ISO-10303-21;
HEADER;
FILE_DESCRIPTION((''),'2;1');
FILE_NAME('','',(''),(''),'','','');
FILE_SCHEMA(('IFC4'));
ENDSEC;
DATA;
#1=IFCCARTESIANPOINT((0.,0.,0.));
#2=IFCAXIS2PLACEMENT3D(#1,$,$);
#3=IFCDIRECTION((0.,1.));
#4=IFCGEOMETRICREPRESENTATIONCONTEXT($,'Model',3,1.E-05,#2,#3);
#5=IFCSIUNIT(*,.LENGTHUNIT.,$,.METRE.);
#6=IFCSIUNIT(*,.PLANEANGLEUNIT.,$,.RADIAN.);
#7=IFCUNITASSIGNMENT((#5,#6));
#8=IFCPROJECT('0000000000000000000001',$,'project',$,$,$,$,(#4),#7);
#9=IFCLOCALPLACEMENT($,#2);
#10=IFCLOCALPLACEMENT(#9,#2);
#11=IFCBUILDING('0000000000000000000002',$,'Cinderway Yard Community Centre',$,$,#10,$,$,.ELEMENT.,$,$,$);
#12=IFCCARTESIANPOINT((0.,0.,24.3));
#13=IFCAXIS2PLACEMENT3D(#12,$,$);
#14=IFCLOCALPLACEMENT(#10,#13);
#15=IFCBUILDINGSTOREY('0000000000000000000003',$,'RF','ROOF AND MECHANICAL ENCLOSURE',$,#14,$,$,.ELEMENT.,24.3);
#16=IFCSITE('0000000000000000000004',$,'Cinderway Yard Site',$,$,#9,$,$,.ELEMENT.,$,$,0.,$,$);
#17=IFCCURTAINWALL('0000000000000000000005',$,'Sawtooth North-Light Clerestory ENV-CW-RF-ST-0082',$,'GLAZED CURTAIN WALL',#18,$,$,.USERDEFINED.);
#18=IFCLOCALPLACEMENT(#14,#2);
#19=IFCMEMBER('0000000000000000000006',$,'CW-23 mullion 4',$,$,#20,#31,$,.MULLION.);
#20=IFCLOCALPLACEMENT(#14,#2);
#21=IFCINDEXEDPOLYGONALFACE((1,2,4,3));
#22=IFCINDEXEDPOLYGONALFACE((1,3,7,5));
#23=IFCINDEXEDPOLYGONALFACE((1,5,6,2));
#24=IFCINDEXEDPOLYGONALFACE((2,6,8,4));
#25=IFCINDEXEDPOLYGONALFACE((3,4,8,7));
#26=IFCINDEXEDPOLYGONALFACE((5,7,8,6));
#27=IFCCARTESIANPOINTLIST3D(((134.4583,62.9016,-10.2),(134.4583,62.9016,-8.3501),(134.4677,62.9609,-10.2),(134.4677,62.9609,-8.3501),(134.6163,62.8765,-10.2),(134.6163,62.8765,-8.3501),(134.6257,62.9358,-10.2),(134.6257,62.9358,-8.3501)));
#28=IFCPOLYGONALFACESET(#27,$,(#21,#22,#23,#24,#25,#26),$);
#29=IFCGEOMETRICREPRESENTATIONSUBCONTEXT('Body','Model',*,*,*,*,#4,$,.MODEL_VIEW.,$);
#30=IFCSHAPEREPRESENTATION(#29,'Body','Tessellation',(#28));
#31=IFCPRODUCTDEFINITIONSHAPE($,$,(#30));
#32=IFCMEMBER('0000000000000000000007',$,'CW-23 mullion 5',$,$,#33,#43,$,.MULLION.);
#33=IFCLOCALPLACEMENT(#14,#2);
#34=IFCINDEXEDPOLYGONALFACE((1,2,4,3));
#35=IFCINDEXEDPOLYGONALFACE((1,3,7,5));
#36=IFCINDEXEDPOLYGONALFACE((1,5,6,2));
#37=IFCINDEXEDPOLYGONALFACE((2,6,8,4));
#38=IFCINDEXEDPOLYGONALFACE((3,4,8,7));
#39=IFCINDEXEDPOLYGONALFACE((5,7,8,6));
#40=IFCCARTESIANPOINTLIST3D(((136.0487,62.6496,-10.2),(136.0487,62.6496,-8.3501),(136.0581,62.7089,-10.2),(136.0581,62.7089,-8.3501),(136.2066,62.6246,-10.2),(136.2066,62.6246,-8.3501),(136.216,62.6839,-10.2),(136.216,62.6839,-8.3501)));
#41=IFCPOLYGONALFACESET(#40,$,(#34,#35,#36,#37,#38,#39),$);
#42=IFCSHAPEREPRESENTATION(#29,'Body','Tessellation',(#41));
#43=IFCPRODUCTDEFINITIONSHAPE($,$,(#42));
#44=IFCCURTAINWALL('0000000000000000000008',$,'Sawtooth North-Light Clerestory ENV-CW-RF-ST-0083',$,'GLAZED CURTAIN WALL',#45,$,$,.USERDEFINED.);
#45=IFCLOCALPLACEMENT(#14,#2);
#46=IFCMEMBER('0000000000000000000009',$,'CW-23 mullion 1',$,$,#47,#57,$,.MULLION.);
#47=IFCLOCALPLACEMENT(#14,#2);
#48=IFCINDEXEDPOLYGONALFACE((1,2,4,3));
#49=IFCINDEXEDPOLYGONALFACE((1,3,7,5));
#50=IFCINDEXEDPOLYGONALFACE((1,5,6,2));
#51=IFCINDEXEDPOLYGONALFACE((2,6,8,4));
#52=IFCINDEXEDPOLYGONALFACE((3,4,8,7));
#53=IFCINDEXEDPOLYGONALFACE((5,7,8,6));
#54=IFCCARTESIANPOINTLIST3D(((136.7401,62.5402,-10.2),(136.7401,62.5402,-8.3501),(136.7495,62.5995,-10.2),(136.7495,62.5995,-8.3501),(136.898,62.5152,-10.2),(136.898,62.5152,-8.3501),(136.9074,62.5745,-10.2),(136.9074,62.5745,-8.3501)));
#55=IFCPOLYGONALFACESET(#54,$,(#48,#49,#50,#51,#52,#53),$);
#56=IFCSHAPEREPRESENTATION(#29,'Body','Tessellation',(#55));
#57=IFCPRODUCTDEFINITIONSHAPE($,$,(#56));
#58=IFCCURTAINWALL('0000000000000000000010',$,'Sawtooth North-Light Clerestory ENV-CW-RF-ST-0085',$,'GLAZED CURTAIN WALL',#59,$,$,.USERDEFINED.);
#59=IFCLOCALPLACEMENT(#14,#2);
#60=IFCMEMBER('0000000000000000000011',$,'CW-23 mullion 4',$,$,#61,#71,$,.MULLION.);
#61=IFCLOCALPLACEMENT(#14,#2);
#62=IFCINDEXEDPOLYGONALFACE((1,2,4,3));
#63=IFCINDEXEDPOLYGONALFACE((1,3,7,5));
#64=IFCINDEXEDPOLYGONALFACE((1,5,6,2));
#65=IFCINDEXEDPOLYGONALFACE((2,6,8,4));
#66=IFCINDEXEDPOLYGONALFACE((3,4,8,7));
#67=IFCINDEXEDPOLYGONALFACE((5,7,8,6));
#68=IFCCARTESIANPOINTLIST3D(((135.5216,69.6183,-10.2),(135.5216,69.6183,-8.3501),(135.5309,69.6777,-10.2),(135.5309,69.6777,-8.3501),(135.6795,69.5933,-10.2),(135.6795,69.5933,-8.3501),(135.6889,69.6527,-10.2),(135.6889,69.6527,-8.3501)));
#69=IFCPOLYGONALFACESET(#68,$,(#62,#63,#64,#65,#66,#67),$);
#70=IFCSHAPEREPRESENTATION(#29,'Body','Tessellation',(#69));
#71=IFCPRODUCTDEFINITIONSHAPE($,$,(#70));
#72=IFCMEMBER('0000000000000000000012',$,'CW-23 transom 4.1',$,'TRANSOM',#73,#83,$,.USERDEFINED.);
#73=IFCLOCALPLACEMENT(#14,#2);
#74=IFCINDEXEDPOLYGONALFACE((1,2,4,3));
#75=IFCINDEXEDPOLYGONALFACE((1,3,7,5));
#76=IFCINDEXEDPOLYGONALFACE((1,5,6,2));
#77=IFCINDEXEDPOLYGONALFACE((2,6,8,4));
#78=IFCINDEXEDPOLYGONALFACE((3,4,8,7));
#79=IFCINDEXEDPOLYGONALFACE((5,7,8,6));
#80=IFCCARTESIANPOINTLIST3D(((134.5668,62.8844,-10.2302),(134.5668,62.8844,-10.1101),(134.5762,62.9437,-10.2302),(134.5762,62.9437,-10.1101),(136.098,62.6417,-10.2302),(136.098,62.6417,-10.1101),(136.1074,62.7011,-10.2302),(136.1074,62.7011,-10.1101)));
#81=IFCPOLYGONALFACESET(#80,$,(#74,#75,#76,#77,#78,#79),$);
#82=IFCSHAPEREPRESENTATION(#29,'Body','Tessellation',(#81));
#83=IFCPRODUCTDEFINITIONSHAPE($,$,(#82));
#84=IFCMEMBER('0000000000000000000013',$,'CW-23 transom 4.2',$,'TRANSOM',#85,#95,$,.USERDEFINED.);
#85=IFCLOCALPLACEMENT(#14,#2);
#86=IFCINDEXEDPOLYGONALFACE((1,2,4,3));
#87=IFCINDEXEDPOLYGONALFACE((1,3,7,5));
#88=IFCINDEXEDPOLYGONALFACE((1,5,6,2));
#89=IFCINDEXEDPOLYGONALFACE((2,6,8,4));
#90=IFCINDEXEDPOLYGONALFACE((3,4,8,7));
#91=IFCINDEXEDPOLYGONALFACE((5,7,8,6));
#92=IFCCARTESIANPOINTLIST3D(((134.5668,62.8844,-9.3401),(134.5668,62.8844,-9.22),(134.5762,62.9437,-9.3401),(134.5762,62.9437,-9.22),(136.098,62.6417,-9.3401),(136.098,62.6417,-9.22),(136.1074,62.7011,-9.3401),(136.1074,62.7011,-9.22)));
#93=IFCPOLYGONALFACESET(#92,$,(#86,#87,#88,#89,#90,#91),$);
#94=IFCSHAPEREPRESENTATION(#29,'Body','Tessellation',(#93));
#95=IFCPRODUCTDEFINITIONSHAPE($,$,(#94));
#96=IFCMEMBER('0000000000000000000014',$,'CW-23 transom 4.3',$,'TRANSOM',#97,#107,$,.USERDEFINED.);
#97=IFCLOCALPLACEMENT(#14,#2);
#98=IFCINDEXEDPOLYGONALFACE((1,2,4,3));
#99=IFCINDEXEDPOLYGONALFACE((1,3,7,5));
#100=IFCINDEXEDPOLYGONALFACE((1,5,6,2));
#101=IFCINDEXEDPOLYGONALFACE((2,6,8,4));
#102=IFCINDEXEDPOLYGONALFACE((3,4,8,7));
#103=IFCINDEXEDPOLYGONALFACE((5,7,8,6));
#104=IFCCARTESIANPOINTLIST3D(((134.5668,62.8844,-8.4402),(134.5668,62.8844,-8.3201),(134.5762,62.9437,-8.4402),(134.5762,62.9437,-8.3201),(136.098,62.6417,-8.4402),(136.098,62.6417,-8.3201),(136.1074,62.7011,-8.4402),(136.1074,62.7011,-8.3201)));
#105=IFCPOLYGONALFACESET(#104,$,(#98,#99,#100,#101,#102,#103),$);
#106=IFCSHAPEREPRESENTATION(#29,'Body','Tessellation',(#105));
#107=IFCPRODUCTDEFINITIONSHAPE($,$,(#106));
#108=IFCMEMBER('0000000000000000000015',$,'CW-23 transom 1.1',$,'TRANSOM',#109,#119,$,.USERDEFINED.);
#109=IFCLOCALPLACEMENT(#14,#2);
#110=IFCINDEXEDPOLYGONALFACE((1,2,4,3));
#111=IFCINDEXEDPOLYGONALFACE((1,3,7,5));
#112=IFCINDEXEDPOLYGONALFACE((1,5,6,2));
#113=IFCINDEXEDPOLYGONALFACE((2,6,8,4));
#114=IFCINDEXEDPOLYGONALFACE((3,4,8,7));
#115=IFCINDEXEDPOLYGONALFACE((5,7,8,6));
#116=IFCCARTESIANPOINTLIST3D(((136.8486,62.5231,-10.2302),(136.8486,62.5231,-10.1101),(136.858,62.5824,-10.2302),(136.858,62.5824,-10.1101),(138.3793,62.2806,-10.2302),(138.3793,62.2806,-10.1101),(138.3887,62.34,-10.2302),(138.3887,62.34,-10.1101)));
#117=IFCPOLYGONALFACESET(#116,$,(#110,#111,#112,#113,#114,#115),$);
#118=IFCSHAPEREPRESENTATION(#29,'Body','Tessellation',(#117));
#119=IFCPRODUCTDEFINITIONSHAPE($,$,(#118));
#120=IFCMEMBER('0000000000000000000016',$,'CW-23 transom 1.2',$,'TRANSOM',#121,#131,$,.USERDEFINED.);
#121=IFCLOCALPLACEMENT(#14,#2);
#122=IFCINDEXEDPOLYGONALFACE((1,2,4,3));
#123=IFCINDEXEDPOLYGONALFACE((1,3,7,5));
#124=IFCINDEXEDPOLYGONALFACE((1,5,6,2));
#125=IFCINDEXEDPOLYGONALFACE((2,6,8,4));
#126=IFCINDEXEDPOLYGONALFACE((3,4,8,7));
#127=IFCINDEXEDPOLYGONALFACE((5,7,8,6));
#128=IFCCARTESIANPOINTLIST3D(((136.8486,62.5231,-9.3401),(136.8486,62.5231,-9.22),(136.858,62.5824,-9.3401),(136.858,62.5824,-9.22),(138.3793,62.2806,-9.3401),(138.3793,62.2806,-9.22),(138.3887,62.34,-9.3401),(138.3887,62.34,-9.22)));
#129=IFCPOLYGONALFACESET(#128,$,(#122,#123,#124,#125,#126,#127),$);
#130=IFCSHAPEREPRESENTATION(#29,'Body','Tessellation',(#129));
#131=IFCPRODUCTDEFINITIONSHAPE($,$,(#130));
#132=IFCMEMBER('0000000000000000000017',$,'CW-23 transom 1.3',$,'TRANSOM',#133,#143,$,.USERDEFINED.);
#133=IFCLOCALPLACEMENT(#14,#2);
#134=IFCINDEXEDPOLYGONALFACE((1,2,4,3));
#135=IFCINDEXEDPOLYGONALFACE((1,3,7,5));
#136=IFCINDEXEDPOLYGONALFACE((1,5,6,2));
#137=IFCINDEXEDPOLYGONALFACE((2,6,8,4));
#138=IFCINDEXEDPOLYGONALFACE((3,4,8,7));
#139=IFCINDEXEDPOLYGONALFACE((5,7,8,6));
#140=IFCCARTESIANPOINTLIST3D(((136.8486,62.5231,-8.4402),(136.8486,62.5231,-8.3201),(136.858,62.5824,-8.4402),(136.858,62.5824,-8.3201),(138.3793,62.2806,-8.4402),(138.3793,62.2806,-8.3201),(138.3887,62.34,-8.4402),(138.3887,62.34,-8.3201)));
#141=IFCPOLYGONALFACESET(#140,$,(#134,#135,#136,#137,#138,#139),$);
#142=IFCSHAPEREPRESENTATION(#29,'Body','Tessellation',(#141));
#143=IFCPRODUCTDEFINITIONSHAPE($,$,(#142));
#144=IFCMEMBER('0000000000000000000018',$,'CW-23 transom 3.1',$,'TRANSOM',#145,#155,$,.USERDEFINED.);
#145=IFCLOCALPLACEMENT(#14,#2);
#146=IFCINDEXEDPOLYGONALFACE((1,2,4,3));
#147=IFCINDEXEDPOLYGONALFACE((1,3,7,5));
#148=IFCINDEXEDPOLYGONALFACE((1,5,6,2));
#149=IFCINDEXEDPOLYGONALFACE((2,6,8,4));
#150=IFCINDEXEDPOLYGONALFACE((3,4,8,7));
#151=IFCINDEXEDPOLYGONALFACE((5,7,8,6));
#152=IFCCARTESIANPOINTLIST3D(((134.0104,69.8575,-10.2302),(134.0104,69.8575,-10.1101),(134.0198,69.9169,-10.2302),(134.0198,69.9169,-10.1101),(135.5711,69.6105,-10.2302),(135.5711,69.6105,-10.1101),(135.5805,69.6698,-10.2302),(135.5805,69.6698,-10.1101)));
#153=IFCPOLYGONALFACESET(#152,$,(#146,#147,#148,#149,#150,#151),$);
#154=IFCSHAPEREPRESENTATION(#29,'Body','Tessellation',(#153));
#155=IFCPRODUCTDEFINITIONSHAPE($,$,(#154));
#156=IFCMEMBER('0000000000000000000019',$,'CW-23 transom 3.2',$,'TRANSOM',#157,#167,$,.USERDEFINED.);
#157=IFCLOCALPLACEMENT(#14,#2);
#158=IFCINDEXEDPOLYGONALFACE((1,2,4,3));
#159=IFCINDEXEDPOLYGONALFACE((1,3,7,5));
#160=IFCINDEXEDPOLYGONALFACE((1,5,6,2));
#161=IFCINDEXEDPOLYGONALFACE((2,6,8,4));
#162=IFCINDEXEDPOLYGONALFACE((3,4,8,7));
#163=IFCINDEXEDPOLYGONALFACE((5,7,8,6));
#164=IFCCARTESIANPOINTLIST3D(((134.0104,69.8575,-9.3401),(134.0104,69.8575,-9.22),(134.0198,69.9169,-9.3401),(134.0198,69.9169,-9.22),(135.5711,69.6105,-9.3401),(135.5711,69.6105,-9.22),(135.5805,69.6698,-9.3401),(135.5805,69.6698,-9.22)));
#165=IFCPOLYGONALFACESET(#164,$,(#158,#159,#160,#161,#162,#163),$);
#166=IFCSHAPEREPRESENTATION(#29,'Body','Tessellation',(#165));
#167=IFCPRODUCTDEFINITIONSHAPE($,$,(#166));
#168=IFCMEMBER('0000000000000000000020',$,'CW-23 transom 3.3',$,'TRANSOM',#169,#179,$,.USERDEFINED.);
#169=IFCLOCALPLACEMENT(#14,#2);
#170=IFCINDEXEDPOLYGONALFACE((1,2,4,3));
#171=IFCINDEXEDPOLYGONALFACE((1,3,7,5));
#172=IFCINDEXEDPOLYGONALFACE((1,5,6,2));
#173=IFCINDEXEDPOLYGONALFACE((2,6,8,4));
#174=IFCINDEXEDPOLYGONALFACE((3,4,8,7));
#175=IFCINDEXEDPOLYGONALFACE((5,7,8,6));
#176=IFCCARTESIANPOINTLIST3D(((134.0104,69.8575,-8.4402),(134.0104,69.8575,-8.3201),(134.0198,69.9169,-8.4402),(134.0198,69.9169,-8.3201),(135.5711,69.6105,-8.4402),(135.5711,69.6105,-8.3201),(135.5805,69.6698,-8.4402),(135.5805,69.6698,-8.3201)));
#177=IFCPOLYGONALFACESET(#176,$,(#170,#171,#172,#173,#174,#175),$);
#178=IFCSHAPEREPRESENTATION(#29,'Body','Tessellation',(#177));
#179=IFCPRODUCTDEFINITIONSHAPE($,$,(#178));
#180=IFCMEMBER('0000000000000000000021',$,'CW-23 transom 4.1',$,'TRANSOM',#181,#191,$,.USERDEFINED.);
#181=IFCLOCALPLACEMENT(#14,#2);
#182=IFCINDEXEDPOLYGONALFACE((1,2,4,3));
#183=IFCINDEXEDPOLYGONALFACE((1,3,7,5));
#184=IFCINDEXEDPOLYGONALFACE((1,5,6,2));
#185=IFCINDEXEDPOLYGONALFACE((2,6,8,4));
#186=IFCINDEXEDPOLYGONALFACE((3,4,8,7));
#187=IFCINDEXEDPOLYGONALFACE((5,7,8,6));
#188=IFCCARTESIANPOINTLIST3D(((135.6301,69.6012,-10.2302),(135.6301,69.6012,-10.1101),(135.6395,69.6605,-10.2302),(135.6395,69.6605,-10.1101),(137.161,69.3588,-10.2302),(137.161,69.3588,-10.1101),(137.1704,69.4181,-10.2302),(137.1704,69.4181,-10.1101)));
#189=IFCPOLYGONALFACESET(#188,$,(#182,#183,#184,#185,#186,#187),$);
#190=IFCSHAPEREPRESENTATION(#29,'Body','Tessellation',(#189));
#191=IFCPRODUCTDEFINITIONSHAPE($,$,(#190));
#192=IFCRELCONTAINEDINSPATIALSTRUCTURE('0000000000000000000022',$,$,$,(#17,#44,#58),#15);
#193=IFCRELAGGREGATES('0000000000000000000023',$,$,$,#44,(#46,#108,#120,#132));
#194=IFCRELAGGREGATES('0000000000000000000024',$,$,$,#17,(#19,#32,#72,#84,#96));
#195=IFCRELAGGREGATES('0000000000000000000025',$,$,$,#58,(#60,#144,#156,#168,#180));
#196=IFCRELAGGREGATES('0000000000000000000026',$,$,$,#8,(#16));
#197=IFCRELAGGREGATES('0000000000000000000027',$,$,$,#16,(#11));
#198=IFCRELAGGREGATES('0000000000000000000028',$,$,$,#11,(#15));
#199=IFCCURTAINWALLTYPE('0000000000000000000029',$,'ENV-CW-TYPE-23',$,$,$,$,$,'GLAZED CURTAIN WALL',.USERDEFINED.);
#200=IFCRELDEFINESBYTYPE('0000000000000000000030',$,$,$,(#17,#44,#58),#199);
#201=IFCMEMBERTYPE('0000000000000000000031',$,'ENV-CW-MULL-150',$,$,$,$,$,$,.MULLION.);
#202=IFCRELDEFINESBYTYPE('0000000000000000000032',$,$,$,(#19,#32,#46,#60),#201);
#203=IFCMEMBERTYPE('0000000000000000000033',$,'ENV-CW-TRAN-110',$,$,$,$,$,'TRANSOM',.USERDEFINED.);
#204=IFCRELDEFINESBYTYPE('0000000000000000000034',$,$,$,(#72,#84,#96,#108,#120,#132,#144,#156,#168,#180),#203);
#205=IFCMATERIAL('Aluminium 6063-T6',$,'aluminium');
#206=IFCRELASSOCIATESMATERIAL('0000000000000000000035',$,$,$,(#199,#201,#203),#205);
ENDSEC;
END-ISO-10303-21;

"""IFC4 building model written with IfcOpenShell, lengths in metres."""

from ifc_helpers import new_model, si_unit, direction, frame, origin, origin_2d, place, context, subcontext, project, spatial, rectangle, extrude, material, material_profile, profile_set, type_object, element, aggregate, save


model = new_model("IFC4")

# Units and contexts
model_context = context("Model", 3, precision=1e-05, world=origin(), true_north=direction((0.0, 1.0)))
body_context = subcontext(model_context, "Body", "Model", "MODEL_VIEW")
ifc_project = project(units=[si_unit("LENGTHUNIT", "METRE"), si_unit("PLANEANGLEUNIT", "RADIAN")], contexts=[model_context])

# Site, building, storey
site_placement = place(None, origin())
site = spatial("IfcSite", under=ifc_project, at=site_placement, Name="Cinderway Yard Site", CompositionType="ELEMENT", RefElevation=0.0)
building_placement = place(site_placement, origin())
building = spatial("IfcBuilding", under=site, at=building_placement, Name="Cinderway Yard Community Centre", CompositionType="ELEMENT")
storey_placement = place(building_placement, frame((0.0, 0.0, 24.3)))
storey = spatial("IfcBuildingStorey", under=building, at=storey_placement, Name="RF", Description="ROOF AND MECHANICAL ENCLOSURE", CompositionType="ELEMENT", Elevation=24.3)

# Curtain wall, members
ifc_material_1 = material(Name="Aluminium 6063-T6", Category="aluminium")
curtain_wall_type = type_object("IfcCurtainWallType", Name="ENV-CW-TYPE-23", ElementType="GLAZED CURTAIN WALL", PredefinedType="USERDEFINED", material=ifc_material_1)
curtain_wall_1_placement = place(storey_placement, origin())
curtain_wall_1 = element("IfcCurtainWall", 1, at=curtain_wall_1_placement, inside=storey, type_object=curtain_wall_type, Name="Sawtooth North-Light Clerestory ENV-CW-RF-ST-0082", ObjectType="GLAZED CURTAIN WALL", PredefinedType="USERDEFINED")
ifc_material_profile_1 = material_profile(ifc_material_1, rectangle(XDim=0.0601, YDim=0.1599, at=origin_2d()), Name="Aluminium 6063-T6")
ifc_profile_set_1 = profile_set([ifc_material_profile_1], Name="Aluminium 6063-T6")
member_type_1 = type_object("IfcMemberType", Name="ENV-CW-MULL-150", PredefinedType="MULLION", material=ifc_profile_set_1)
member_1_placement = place(storey_placement, frame((134.542, 62.9187, -10.2), z_axis=(0.0, 0.0, 1.0), x_axis=(0.156534, 0.987673, 0.0)))
member_1 = element("IfcMember", 2, at=member_1_placement, type_object=member_type_1, Name="CW-23 mullion 4", PredefinedType="MULLION", context=body_context, shape_type="SweptSolid", body=[
    extrude(rectangle(XDim=0.0601, YDim=0.1599, at=origin_2d()), origin(), (0.0, 0.0, 1.0), 1.8499),
])
member_2_placement = place(storey_placement, frame((136.1323, 62.6667, -10.2), z_axis=(0.0, 0.0, 1.0), x_axis=(0.156534, 0.987673, 0.0)))
member_2 = element("IfcMember", 3, at=member_2_placement, type_object=member_type_1, Name="CW-23 mullion 5", PredefinedType="MULLION", context=body_context, shape_type="SweptSolid", body=[
    extrude(rectangle(XDim=0.0601, YDim=0.1599, at=origin_2d()), origin(), (0.0, 0.0, 1.0), 1.8499),
])

# Curtain walls, members
curtain_wall_2_placement = place(storey_placement, origin())
curtain_wall_2 = element("IfcCurtainWall", 4, at=curtain_wall_2_placement, inside=storey, type_object=curtain_wall_type, Name="Sawtooth North-Light Clerestory ENV-CW-RF-ST-0083", ObjectType="GLAZED CURTAIN WALL", PredefinedType="USERDEFINED")
member_3_placement = place(storey_placement, frame((136.8237, 62.5574, -10.2), z_axis=(0.0, 0.0, 1.0), x_axis=(0.156409, 0.987692, 0.0)))
member_3 = element("IfcMember", 5, at=member_3_placement, type_object=member_type_1, Name="CW-23 mullion 1", PredefinedType="MULLION", context=body_context, shape_type="SweptSolid", body=[
    extrude(rectangle(XDim=0.0601, YDim=0.1599, at=origin_2d()), origin(), (0.0, 0.0, 1.0), 1.8499),
])
curtain_wall_3_placement = place(storey_placement, origin())
curtain_wall_3 = element("IfcCurtainWall", 6, at=curtain_wall_3_placement, inside=storey, type_object=curtain_wall_type, Name="Sawtooth North-Light Clerestory ENV-CW-RF-ST-0085", ObjectType="GLAZED CURTAIN WALL", PredefinedType="USERDEFINED")
member_4_placement = place(storey_placement, frame((135.6052, 69.6355, -10.2), z_axis=(0.0, 0.0, 1.0), x_axis=(0.156409, 0.987692, 0.0)))
member_4 = element("IfcMember", 7, at=member_4_placement, type_object=member_type_1, Name="CW-23 mullion 4", PredefinedType="MULLION", context=body_context, shape_type="SweptSolid", body=[
    extrude(rectangle(XDim=0.0601, YDim=0.1599, at=origin_2d()), origin(), (0.0, 0.0, 1.0), 1.8499),
])

# Members
ifc_material_profile_2 = material_profile(ifc_material_1, rectangle(XDim=0.0601, YDim=0.1201, at=origin_2d()), Name="Aluminium 6063-T6")
ifc_profile_set_2 = profile_set([ifc_material_profile_2], Name="Aluminium 6063-T6")
member_type_2 = type_object("IfcMemberType", Name="ENV-CW-TRAN-110", ElementType="TRANSOM", PredefinedType="USERDEFINED", material=ifc_profile_set_2)
member_5_placement = place(storey_placement, frame((134.5715, 62.9141, -10.1702), z_axis=(0.987673, -0.156529, 0.0), x_axis=(0.156529, 0.987673, 0.0)))
member_5 = element("IfcMember", 8, at=member_5_placement, type_object=member_type_2, Name="CW-23 transom 4.1", ObjectType="TRANSOM", PredefinedType="USERDEFINED", context=body_context, shape_type="SweptSolid", body=[
    extrude(rectangle(XDim=0.0601, YDim=0.1201, at=origin_2d()), origin(), (0.0, 0.0, 1.0), 1.5503),
])
member_6_placement = place(storey_placement, frame((134.5715, 62.9141, -9.28), z_axis=(0.987673, -0.156529, 0.0), x_axis=(0.156529, 0.987673, 0.0)))
member_6 = element("IfcMember", 9, at=member_6_placement, type_object=member_type_2, Name="CW-23 transom 4.2", ObjectType="TRANSOM", PredefinedType="USERDEFINED", context=body_context, shape_type="SweptSolid", body=[
    extrude(rectangle(XDim=0.0601, YDim=0.1201, at=origin_2d()), origin(), (0.0, 0.0, 1.0), 1.5503),
])
member_7_placement = place(storey_placement, frame((134.5715, 62.9141, -8.3801), z_axis=(0.987673, -0.156529, 0.0), x_axis=(0.156529, 0.987673, 0.0)))
member_7 = element("IfcMember", 10, at=member_7_placement, type_object=member_type_2, Name="CW-23 transom 4.3", ObjectType="TRANSOM", PredefinedType="USERDEFINED", context=body_context, shape_type="SweptSolid", body=[
    extrude(rectangle(XDim=0.0601, YDim=0.1201, at=origin_2d()), origin(), (0.0, 0.0, 1.0), 1.5503),
])
member_8_placement = place(storey_placement, frame((136.8533, 62.5527, -10.1702), z_axis=(0.98769, -0.156424, 0.0), x_axis=(0.156424, 0.98769, 0.0)))
member_8 = element("IfcMember", 11, at=member_8_placement, type_object=member_type_2, Name="CW-23 transom 1.1", ObjectType="TRANSOM", PredefinedType="USERDEFINED", context=body_context, shape_type="SweptSolid", body=[
    extrude(rectangle(XDim=0.0601, YDim=0.1201, at=origin_2d()), origin(), (0.0, 0.0, 1.0), 1.5498),
])
member_9_placement = place(storey_placement, frame((136.8533, 62.5527, -9.28), z_axis=(0.98769, -0.156424, 0.0), x_axis=(0.156424, 0.98769, 0.0)))
member_9 = element("IfcMember", 12, at=member_9_placement, type_object=member_type_2, Name="CW-23 transom 1.2", ObjectType="TRANSOM", PredefinedType="USERDEFINED", context=body_context, shape_type="SweptSolid", body=[
    extrude(rectangle(XDim=0.0601, YDim=0.1201, at=origin_2d()), origin(), (0.0, 0.0, 1.0), 1.5498),
])
member_10_placement = place(storey_placement, frame((136.8533, 62.5527, -8.3801), z_axis=(0.98769, -0.156424, 0.0), x_axis=(0.156424, 0.98769, 0.0)))
member_10 = element("IfcMember", 13, at=member_10_placement, type_object=member_type_2, Name="CW-23 transom 1.3", ObjectType="TRANSOM", PredefinedType="USERDEFINED", context=body_context, shape_type="SweptSolid", body=[
    extrude(rectangle(XDim=0.0601, YDim=0.1201, at=origin_2d()), origin(), (0.0, 0.0, 1.0), 1.5498),
])
aggregate(curtain_wall_2, [member_3, member_8, member_9, member_10])
member_11_placement = place(storey_placement, frame((134.0151, 69.8872, -10.1702), z_axis=(0.987698, -0.156375, 0.0), x_axis=(0.156375, 0.987698, 0.0)))
member_11 = element("IfcMember", 14, at=member_11_placement, type_object=member_type_2, Name="CW-23 transom 3.1", ObjectType="TRANSOM", PredefinedType="USERDEFINED", context=body_context, shape_type="SweptSolid", body=[
    extrude(rectangle(XDim=0.0601, YDim=0.1201, at=origin_2d()), origin(), (0.0, 0.0, 1.0), 1.5801),
])
member_12_placement = place(storey_placement, frame((134.0151, 69.8872, -9.28), z_axis=(0.987698, -0.156375, 0.0), x_axis=(0.156375, 0.987698, 0.0)))
member_12 = element("IfcMember", 15, at=member_12_placement, type_object=member_type_2, Name="CW-23 transom 3.2", ObjectType="TRANSOM", PredefinedType="USERDEFINED", context=body_context, shape_type="SweptSolid", body=[
    extrude(rectangle(XDim=0.0601, YDim=0.1201, at=origin_2d()), origin(), (0.0, 0.0, 1.0), 1.5801),
])
member_13_placement = place(storey_placement, frame((134.0151, 69.8872, -8.3801), z_axis=(0.987698, -0.156375, 0.0), x_axis=(0.156375, 0.987698, 0.0)))
member_13 = element("IfcMember", 16, at=member_13_placement, type_object=member_type_2, Name="CW-23 transom 3.3", ObjectType="TRANSOM", PredefinedType="USERDEFINED", context=body_context, shape_type="SweptSolid", body=[
    extrude(rectangle(XDim=0.0601, YDim=0.1201, at=origin_2d()), origin(), (0.0, 0.0, 1.0), 1.5801),
])
member_14_placement = place(storey_placement, frame((135.6348, 69.6309, -10.1702), z_axis=(0.987694, -0.156399, 0.0), x_axis=(0.156399, 0.987694, 0.0)))
member_14 = element("IfcMember", 17, at=member_14_placement, type_object=member_type_2, Name="CW-23 transom 4.1", ObjectType="TRANSOM", PredefinedType="USERDEFINED", context=body_context, shape_type="SweptSolid", body=[
    extrude(rectangle(XDim=0.0601, YDim=0.1201, at=origin_2d()), origin(), (0.0, 0.0, 1.0), 1.55),
])

aggregate(curtain_wall_1, [member_1, member_2, member_5, member_6, member_7])
aggregate(curtain_wall_3, [member_4, member_11, member_12, member_13, member_14])

save(model, "model.ifc")
